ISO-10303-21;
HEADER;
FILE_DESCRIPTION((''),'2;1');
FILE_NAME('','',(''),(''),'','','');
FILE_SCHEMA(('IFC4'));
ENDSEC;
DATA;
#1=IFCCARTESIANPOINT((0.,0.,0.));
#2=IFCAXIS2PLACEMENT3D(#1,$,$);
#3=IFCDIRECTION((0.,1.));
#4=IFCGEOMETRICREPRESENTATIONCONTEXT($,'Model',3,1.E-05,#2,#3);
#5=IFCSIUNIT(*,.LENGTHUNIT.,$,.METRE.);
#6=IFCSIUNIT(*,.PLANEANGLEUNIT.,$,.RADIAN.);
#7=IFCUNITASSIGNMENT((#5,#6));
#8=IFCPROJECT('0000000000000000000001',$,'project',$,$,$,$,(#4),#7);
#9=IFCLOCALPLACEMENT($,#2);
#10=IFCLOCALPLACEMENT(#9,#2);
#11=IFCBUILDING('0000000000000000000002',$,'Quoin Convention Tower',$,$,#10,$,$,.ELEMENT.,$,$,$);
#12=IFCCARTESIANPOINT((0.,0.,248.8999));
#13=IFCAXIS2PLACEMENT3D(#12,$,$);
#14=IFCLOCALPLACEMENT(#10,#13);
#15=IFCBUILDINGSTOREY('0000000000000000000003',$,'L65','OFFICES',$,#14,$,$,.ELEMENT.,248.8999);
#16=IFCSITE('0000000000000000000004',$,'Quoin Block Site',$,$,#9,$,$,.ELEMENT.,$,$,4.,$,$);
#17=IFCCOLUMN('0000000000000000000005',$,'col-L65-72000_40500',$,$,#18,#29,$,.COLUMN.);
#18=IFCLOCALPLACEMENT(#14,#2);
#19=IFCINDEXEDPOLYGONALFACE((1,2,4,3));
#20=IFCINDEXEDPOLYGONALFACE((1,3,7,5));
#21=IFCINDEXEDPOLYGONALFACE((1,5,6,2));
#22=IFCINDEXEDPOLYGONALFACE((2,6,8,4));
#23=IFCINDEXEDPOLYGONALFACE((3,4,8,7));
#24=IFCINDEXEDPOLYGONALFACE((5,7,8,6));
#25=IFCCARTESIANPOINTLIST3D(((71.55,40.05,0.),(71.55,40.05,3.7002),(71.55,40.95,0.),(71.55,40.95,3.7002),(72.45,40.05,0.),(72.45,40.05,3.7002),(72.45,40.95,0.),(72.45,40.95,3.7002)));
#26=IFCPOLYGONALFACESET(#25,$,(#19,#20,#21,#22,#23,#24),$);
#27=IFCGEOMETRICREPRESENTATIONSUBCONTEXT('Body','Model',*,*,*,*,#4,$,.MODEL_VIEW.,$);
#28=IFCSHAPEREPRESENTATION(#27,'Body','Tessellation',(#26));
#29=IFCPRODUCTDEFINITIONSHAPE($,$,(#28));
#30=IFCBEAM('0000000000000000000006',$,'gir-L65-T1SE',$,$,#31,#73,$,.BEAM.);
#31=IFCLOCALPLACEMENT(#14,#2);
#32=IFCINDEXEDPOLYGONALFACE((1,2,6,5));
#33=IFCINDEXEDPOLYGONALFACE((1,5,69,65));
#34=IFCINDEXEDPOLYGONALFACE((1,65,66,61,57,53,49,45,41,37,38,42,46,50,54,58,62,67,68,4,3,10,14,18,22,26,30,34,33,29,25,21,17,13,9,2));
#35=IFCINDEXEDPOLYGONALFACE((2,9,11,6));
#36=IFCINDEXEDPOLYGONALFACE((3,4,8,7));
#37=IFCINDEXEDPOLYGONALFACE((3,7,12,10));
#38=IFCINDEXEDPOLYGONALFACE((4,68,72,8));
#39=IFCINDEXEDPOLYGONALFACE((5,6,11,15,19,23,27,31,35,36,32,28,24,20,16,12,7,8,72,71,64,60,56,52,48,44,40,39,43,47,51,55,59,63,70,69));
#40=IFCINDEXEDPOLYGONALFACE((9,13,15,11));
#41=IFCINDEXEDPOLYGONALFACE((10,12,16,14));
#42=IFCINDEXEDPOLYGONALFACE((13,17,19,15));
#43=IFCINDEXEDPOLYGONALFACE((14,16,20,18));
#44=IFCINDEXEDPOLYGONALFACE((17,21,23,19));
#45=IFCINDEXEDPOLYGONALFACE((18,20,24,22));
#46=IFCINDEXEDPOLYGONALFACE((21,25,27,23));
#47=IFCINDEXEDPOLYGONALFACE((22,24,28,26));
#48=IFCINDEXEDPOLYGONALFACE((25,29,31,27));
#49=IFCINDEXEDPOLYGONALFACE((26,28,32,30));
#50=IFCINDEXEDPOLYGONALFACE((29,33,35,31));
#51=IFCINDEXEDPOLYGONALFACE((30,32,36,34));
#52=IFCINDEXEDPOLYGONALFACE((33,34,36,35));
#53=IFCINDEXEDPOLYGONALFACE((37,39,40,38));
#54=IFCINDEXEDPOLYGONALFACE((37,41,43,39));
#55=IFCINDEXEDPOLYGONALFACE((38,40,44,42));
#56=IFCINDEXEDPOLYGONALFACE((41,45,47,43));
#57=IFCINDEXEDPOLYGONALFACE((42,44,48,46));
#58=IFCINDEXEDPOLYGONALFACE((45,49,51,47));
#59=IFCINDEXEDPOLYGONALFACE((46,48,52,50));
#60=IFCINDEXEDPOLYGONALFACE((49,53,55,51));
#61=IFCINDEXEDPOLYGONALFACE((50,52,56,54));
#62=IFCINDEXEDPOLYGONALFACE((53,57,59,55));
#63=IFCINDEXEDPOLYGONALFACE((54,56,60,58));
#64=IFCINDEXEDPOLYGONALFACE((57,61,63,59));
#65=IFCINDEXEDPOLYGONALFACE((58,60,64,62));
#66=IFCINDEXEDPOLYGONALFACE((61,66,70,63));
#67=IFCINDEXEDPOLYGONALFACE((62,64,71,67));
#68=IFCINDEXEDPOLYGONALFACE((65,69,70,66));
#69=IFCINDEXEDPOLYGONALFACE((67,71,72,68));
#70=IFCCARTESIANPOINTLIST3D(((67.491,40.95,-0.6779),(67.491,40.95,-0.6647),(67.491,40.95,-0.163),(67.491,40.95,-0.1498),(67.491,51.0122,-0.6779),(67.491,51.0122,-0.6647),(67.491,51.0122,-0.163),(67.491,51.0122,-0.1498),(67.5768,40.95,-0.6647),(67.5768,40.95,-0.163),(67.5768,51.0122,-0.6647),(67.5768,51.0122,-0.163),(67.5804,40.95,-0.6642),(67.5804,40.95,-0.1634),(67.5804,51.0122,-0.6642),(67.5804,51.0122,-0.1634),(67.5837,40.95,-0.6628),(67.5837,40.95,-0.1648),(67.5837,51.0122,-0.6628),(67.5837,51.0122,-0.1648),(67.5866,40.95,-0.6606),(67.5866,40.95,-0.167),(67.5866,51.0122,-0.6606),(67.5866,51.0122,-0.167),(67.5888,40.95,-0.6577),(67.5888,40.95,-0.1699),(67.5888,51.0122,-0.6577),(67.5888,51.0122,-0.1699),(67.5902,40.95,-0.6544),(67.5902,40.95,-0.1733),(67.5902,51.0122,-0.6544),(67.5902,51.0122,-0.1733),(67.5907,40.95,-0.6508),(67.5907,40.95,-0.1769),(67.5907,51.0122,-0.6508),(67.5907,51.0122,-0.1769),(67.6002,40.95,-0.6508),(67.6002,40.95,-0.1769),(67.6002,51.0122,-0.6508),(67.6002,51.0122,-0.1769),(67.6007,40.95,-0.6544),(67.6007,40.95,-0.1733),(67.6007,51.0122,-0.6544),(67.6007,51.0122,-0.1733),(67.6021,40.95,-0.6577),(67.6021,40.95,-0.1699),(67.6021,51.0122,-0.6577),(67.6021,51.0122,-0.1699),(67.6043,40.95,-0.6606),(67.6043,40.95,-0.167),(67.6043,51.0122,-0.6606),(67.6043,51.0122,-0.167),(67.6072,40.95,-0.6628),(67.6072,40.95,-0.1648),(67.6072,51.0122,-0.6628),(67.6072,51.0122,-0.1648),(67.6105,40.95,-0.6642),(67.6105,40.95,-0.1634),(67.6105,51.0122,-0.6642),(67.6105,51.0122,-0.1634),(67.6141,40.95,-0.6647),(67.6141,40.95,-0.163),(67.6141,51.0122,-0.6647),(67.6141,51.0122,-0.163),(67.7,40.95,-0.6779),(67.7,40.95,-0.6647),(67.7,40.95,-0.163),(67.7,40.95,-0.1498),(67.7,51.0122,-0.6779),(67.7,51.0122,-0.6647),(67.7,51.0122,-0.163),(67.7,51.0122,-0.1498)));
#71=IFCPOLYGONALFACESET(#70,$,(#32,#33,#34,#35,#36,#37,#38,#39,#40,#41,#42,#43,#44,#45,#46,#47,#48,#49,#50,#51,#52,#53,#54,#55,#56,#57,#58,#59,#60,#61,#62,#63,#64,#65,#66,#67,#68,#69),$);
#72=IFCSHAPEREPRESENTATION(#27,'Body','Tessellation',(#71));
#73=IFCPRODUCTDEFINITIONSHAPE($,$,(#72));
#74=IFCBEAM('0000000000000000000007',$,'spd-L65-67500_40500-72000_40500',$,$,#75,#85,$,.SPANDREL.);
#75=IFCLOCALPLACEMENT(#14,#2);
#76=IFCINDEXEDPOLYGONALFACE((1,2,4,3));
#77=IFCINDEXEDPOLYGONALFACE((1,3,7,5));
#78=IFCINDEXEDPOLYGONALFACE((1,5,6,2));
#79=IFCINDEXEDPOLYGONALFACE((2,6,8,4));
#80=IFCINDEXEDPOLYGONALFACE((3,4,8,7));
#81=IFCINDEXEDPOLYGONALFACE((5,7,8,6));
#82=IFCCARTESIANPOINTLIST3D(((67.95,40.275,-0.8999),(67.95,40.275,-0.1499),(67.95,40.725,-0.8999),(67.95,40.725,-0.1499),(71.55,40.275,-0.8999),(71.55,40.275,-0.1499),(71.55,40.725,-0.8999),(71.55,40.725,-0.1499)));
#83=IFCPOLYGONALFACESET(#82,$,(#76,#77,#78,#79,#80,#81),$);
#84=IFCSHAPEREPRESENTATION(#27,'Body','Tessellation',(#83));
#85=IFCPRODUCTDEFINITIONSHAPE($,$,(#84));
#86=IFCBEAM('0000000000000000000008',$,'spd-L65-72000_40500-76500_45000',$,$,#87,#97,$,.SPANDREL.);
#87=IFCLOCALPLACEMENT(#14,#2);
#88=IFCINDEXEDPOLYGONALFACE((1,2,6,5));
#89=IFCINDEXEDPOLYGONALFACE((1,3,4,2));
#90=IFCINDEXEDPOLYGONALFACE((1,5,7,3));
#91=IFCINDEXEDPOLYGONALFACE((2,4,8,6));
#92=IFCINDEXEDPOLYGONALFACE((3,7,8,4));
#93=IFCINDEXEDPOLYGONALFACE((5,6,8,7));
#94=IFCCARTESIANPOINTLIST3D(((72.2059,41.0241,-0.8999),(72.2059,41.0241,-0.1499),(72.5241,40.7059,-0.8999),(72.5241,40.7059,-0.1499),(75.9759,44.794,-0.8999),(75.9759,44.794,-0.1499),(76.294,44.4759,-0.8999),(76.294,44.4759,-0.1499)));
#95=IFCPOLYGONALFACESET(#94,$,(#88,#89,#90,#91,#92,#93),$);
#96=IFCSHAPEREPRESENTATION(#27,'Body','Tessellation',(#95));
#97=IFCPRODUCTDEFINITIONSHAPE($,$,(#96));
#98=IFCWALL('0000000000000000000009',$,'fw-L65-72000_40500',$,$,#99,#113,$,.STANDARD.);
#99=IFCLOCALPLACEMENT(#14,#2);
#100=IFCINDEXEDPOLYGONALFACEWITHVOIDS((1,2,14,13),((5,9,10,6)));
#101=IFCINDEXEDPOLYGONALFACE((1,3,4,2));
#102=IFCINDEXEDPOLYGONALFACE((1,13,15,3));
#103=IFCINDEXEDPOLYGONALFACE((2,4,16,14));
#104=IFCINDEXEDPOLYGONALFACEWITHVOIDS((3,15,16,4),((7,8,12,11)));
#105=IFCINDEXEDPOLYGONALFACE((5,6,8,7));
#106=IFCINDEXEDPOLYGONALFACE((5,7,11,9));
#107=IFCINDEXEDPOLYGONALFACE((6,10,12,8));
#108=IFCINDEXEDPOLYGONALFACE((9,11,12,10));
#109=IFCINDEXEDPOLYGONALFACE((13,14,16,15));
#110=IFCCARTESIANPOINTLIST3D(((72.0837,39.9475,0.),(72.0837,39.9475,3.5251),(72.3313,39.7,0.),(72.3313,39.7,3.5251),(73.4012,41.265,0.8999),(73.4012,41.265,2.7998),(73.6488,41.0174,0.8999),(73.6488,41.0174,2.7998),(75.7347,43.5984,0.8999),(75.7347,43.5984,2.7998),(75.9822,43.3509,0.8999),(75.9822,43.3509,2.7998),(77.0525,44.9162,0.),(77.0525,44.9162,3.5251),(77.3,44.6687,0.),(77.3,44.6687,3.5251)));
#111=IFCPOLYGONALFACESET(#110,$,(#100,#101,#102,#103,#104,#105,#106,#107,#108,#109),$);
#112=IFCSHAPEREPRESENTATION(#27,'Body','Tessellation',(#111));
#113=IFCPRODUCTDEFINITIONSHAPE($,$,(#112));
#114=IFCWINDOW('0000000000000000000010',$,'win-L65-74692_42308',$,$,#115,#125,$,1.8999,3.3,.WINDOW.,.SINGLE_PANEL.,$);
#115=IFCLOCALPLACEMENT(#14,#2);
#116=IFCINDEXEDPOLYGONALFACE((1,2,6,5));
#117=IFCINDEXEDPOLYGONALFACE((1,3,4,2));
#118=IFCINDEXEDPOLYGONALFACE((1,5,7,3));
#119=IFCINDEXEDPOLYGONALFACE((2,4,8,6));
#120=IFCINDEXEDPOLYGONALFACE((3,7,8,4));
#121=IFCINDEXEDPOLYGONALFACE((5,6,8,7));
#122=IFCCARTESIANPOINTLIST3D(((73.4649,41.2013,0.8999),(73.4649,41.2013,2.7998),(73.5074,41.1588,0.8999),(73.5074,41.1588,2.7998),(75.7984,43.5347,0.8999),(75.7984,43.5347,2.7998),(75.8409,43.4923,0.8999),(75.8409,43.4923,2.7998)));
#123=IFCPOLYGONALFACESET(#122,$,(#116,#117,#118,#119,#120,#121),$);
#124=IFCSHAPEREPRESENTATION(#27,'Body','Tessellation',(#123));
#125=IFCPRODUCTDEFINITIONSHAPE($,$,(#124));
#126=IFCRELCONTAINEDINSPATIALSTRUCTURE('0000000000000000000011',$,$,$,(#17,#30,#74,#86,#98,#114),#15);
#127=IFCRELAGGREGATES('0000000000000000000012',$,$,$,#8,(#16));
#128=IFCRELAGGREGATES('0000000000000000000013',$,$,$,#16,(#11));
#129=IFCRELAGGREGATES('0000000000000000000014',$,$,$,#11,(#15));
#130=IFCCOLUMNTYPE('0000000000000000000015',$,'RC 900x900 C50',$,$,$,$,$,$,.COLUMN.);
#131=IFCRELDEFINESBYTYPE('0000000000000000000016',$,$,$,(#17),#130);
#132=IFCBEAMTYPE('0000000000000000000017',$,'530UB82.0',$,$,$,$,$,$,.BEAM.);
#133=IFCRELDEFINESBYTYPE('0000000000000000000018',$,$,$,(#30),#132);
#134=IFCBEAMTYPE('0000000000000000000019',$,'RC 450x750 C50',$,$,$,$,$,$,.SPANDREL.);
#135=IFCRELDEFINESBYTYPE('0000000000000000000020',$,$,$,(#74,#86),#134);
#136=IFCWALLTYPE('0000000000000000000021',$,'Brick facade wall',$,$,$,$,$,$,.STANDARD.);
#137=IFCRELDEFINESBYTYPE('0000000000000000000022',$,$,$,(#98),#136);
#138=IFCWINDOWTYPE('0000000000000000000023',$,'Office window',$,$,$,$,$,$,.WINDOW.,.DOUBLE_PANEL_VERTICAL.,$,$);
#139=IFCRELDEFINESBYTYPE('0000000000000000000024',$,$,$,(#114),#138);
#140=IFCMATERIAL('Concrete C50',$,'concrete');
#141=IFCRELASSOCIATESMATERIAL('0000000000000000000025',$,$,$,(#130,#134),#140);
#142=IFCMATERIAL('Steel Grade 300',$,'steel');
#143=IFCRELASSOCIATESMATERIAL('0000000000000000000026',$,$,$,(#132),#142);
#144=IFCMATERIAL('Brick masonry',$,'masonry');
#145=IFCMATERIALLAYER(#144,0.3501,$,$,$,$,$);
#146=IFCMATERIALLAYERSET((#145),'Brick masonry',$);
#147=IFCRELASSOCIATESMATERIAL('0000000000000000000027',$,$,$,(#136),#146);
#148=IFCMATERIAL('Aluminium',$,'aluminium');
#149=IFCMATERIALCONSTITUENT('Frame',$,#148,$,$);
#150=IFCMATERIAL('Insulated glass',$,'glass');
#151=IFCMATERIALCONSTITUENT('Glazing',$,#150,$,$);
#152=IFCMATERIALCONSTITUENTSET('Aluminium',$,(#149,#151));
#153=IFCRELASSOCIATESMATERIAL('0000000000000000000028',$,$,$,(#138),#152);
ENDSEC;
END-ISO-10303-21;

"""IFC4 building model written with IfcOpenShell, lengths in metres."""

from ifc_helpers import new_model, si_unit, direction, frame, frame_2d, origin, origin_2d, place, context, subcontext, project, spatial, rectangle, i_section, extrude, material, layer, layer_set, constituent, constituent_set, material_profile, profile_set, type_object, element, fill, save


model = new_model("IFC4")

# Units and contexts
model_context = context("Model", 3, precision=1e-05, world=origin(), true_north=direction((0.0, 1.0)))
body_context = subcontext(model_context, "Body", "Model", "MODEL_VIEW")
ifc_project = project(units=[si_unit("LENGTHUNIT", "METRE"), si_unit("PLANEANGLEUNIT", "RADIAN")], contexts=[model_context])

# Site, building, storey
site_placement = place(None, origin())
site = spatial("IfcSite", under=ifc_project, at=site_placement, Name="Quoin Block Site", CompositionType="ELEMENT", RefElevation=4.0)
building_placement = place(site_placement, origin())
building = spatial("IfcBuilding", under=site, at=building_placement, Name="Quoin Convention Tower", CompositionType="ELEMENT")
storey_placement = place(building_placement, frame((0.0, 0.0, 248.8999)))
storey = spatial("IfcBuildingStorey", under=building, at=storey_placement, Name="L65", Description="OFFICES", CompositionType="ELEMENT", Elevation=248.8999)

# Column
ifc_material_1 = material(Name="Concrete C50", Category="concrete")
ifc_material_profile_1 = material_profile(ifc_material_1, rectangle(XDim=0.8999, YDim=0.8999, at=origin_2d()), Name="RC 900x900")
ifc_profile_set_1 = profile_set([ifc_material_profile_1], Name="Concrete C50")
column_type = type_object("IfcColumnType", Name="RC 900x900 C50", PredefinedType="COLUMN", material=ifc_profile_set_1)
column_placement = place(storey_placement, frame((72.0, 40.5, 0.0), z_axis=(0.0, 0.0, 1.0), x_axis=(1.0, 0.0, 0.0)))
element("IfcColumn", 1, at=column_placement, inside=storey, type_object=column_type, Name="col-L65-72000_40500", PredefinedType="COLUMN", context=body_context, shape_type="SweptSolid", body=[
    extrude(rectangle(XDim=0.8999, YDim=0.8999, at=origin_2d()), origin(), (0.0, 0.0, 1.0), 3.7002),
])

# Beams
ifc_material_2 = material(Name="Steel Grade 300", Category="steel")
ifc_material_profile_2 = material_profile(ifc_material_2, i_section(OverallWidth=0.209, OverallDepth=0.5281, WebThickness=0.0095, FlangeThickness=0.0132, FilletRadius=0.0139, at=origin_2d()), Name="530UB82.0")
ifc_profile_set_2 = profile_set([ifc_material_profile_2], Name="Steel Grade 300")
beam_type_1 = type_object("IfcBeamType", Name="530UB82.0", PredefinedType="BEAM", material=ifc_profile_set_2)
beam_1_placement = place(storey_placement, frame((67.5955, 40.95, -0.4138), z_axis=(0.0, 1.0, 0.0), x_axis=(-1.0, 0.0, 0.0)))
element("IfcBeam", 2, at=beam_1_placement, inside=storey, type_object=beam_type_1, Name="gir-L65-T1SE", PredefinedType="BEAM", context=body_context, shape_type="SweptSolid", body=[
    extrude(i_section(OverallWidth=0.209, OverallDepth=0.5281, WebThickness=0.0095, FlangeThickness=0.0132, FilletRadius=0.0139, at=origin_2d()), origin(), (0.0, 0.0, 1.0), 10.0623),
])
ifc_material_profile_3 = material_profile(ifc_material_1, rectangle(XDim=0.45, YDim=0.75, at=origin_2d()), Name="RC 450x750")
ifc_profile_set_3 = profile_set([ifc_material_profile_3], Name="Concrete C50")
beam_type_2 = type_object("IfcBeamType", Name="RC 450x750 C50", PredefinedType="SPANDREL", material=ifc_profile_set_3)
beam_2_placement = place(storey_placement, frame((67.95, 40.5, -0.5249), z_axis=(1.0, 0.0, 0.0), x_axis=(0.0, 1.0, 0.0)))
element("IfcBeam", 3, at=beam_2_placement, inside=storey, type_object=beam_type_2, Name="spd-L65-67500_40500-72000_40500", PredefinedType="SPANDREL", context=body_context, shape_type="SweptSolid", body=[
    extrude(rectangle(XDim=0.45, YDim=0.75, at=origin_2d()), origin(), (0.0, 0.0, 1.0), 3.6001),
])
beam_3_placement = place(storey_placement, frame((72.365, 40.865, -0.5249), z_axis=(0.707107, 0.707107, 0.0), x_axis=(-0.707107, 0.707107, 0.0)))
element("IfcBeam", 4, at=beam_3_placement, inside=storey, type_object=beam_type_2, Name="spd-L65-72000_40500-76500_45000", PredefinedType="SPANDREL", context=body_context, shape_type="SweptSolid", body=[
    extrude(rectangle(XDim=0.45, YDim=0.75, at=origin_2d()), origin(), (0.0, 0.0, 1.0), 5.3315),
])

# Wall, opening, window
ifc_material_3 = material(Name="Brick masonry", Category="masonry")
ifc_layer_1 = layer(ifc_material_3, 0.3501)
ifc_layer_set_1 = layer_set([ifc_layer_1], Name="Brick masonry")
wall_type_1 = type_object("IfcWallType", Name="Brick facade wall", PredefinedType="STANDARD", material=ifc_layer_set_1)
wall_1_placement = place(storey_placement, frame((72.2075, 39.8237, 0.0), z_axis=(0.0, 0.0, 1.0), x_axis=(0.707107, 0.707107, 0.0)))
wall_1 = element("IfcWall", 5, at=wall_1_placement, inside=storey, type_object=wall_type_1, Name="fw-L65-72000_40500", PredefinedType="STANDARD", context=body_context, shape_type="SweptSolid", body=[
    extrude(rectangle(XDim=7.0269, YDim=0.3501, at=frame_2d((3.5134, 0.0))), origin(), (0.0, 0.0, 1.0), 3.5251),
])
opening_1_placement = place(wall_1_placement, frame((1.8633, 0.0, 0.8999)))
opening_1 = element("IfcOpeningElement", 6, at=opening_1_placement, cuts=wall_1, PredefinedType="OPENING", context=body_context, shape_type="SweptSolid", body=[
    extrude(rectangle(XDim=3.3, YDim=1.8999, at=frame_2d((1.6499, 0.95))), frame((0.0, 0.1851, 0.0), z_axis=(0.0, -1.0, 0.0), x_axis=(1.0, 0.0, 0.0)), (0.0, 0.0, 1.0), 0.3701),
])
ifc_material_4 = material(Name="Aluminium", Category="aluminium")
ifc_constituent_1 = constituent(ifc_material_4, Name="Frame")
ifc_material_5 = material(Name="Insulated glass", Category="glass")
ifc_constituent_2 = constituent(ifc_material_5, Name="Glazing")
ifc_constituent_set = constituent_set(constituents=[ifc_constituent_1, ifc_constituent_2], Name="Aluminium")
window_type = type_object("IfcWindowType", Name="Office window", PartitioningType="DOUBLE_PANEL_VERTICAL", PredefinedType="WINDOW", material=ifc_constituent_set)
window_1_placement = place(opening_1_placement, origin())
window_1 = element("IfcWindow", 7, at=window_1_placement, inside=storey, type_object=window_type, Name="win-L65-74692_42308", OverallHeight=1.8999, OverallWidth=3.3, PartitioningType="SINGLE_PANEL", PredefinedType="WINDOW", context=body_context, shape_type="SweptSolid", body=[
    extrude(rectangle(XDim=3.3, YDim=1.8999, at=frame_2d((1.6499, 0.95))), frame((0.0, 0.085, 0.0), z_axis=(0.0, -1.0, 0.0), x_axis=(1.0, 0.0, 0.0)), (0.0, 0.0, 1.0), 0.0601),
])
fill(opening_1, window_1)

save(model, "model.ifc")
